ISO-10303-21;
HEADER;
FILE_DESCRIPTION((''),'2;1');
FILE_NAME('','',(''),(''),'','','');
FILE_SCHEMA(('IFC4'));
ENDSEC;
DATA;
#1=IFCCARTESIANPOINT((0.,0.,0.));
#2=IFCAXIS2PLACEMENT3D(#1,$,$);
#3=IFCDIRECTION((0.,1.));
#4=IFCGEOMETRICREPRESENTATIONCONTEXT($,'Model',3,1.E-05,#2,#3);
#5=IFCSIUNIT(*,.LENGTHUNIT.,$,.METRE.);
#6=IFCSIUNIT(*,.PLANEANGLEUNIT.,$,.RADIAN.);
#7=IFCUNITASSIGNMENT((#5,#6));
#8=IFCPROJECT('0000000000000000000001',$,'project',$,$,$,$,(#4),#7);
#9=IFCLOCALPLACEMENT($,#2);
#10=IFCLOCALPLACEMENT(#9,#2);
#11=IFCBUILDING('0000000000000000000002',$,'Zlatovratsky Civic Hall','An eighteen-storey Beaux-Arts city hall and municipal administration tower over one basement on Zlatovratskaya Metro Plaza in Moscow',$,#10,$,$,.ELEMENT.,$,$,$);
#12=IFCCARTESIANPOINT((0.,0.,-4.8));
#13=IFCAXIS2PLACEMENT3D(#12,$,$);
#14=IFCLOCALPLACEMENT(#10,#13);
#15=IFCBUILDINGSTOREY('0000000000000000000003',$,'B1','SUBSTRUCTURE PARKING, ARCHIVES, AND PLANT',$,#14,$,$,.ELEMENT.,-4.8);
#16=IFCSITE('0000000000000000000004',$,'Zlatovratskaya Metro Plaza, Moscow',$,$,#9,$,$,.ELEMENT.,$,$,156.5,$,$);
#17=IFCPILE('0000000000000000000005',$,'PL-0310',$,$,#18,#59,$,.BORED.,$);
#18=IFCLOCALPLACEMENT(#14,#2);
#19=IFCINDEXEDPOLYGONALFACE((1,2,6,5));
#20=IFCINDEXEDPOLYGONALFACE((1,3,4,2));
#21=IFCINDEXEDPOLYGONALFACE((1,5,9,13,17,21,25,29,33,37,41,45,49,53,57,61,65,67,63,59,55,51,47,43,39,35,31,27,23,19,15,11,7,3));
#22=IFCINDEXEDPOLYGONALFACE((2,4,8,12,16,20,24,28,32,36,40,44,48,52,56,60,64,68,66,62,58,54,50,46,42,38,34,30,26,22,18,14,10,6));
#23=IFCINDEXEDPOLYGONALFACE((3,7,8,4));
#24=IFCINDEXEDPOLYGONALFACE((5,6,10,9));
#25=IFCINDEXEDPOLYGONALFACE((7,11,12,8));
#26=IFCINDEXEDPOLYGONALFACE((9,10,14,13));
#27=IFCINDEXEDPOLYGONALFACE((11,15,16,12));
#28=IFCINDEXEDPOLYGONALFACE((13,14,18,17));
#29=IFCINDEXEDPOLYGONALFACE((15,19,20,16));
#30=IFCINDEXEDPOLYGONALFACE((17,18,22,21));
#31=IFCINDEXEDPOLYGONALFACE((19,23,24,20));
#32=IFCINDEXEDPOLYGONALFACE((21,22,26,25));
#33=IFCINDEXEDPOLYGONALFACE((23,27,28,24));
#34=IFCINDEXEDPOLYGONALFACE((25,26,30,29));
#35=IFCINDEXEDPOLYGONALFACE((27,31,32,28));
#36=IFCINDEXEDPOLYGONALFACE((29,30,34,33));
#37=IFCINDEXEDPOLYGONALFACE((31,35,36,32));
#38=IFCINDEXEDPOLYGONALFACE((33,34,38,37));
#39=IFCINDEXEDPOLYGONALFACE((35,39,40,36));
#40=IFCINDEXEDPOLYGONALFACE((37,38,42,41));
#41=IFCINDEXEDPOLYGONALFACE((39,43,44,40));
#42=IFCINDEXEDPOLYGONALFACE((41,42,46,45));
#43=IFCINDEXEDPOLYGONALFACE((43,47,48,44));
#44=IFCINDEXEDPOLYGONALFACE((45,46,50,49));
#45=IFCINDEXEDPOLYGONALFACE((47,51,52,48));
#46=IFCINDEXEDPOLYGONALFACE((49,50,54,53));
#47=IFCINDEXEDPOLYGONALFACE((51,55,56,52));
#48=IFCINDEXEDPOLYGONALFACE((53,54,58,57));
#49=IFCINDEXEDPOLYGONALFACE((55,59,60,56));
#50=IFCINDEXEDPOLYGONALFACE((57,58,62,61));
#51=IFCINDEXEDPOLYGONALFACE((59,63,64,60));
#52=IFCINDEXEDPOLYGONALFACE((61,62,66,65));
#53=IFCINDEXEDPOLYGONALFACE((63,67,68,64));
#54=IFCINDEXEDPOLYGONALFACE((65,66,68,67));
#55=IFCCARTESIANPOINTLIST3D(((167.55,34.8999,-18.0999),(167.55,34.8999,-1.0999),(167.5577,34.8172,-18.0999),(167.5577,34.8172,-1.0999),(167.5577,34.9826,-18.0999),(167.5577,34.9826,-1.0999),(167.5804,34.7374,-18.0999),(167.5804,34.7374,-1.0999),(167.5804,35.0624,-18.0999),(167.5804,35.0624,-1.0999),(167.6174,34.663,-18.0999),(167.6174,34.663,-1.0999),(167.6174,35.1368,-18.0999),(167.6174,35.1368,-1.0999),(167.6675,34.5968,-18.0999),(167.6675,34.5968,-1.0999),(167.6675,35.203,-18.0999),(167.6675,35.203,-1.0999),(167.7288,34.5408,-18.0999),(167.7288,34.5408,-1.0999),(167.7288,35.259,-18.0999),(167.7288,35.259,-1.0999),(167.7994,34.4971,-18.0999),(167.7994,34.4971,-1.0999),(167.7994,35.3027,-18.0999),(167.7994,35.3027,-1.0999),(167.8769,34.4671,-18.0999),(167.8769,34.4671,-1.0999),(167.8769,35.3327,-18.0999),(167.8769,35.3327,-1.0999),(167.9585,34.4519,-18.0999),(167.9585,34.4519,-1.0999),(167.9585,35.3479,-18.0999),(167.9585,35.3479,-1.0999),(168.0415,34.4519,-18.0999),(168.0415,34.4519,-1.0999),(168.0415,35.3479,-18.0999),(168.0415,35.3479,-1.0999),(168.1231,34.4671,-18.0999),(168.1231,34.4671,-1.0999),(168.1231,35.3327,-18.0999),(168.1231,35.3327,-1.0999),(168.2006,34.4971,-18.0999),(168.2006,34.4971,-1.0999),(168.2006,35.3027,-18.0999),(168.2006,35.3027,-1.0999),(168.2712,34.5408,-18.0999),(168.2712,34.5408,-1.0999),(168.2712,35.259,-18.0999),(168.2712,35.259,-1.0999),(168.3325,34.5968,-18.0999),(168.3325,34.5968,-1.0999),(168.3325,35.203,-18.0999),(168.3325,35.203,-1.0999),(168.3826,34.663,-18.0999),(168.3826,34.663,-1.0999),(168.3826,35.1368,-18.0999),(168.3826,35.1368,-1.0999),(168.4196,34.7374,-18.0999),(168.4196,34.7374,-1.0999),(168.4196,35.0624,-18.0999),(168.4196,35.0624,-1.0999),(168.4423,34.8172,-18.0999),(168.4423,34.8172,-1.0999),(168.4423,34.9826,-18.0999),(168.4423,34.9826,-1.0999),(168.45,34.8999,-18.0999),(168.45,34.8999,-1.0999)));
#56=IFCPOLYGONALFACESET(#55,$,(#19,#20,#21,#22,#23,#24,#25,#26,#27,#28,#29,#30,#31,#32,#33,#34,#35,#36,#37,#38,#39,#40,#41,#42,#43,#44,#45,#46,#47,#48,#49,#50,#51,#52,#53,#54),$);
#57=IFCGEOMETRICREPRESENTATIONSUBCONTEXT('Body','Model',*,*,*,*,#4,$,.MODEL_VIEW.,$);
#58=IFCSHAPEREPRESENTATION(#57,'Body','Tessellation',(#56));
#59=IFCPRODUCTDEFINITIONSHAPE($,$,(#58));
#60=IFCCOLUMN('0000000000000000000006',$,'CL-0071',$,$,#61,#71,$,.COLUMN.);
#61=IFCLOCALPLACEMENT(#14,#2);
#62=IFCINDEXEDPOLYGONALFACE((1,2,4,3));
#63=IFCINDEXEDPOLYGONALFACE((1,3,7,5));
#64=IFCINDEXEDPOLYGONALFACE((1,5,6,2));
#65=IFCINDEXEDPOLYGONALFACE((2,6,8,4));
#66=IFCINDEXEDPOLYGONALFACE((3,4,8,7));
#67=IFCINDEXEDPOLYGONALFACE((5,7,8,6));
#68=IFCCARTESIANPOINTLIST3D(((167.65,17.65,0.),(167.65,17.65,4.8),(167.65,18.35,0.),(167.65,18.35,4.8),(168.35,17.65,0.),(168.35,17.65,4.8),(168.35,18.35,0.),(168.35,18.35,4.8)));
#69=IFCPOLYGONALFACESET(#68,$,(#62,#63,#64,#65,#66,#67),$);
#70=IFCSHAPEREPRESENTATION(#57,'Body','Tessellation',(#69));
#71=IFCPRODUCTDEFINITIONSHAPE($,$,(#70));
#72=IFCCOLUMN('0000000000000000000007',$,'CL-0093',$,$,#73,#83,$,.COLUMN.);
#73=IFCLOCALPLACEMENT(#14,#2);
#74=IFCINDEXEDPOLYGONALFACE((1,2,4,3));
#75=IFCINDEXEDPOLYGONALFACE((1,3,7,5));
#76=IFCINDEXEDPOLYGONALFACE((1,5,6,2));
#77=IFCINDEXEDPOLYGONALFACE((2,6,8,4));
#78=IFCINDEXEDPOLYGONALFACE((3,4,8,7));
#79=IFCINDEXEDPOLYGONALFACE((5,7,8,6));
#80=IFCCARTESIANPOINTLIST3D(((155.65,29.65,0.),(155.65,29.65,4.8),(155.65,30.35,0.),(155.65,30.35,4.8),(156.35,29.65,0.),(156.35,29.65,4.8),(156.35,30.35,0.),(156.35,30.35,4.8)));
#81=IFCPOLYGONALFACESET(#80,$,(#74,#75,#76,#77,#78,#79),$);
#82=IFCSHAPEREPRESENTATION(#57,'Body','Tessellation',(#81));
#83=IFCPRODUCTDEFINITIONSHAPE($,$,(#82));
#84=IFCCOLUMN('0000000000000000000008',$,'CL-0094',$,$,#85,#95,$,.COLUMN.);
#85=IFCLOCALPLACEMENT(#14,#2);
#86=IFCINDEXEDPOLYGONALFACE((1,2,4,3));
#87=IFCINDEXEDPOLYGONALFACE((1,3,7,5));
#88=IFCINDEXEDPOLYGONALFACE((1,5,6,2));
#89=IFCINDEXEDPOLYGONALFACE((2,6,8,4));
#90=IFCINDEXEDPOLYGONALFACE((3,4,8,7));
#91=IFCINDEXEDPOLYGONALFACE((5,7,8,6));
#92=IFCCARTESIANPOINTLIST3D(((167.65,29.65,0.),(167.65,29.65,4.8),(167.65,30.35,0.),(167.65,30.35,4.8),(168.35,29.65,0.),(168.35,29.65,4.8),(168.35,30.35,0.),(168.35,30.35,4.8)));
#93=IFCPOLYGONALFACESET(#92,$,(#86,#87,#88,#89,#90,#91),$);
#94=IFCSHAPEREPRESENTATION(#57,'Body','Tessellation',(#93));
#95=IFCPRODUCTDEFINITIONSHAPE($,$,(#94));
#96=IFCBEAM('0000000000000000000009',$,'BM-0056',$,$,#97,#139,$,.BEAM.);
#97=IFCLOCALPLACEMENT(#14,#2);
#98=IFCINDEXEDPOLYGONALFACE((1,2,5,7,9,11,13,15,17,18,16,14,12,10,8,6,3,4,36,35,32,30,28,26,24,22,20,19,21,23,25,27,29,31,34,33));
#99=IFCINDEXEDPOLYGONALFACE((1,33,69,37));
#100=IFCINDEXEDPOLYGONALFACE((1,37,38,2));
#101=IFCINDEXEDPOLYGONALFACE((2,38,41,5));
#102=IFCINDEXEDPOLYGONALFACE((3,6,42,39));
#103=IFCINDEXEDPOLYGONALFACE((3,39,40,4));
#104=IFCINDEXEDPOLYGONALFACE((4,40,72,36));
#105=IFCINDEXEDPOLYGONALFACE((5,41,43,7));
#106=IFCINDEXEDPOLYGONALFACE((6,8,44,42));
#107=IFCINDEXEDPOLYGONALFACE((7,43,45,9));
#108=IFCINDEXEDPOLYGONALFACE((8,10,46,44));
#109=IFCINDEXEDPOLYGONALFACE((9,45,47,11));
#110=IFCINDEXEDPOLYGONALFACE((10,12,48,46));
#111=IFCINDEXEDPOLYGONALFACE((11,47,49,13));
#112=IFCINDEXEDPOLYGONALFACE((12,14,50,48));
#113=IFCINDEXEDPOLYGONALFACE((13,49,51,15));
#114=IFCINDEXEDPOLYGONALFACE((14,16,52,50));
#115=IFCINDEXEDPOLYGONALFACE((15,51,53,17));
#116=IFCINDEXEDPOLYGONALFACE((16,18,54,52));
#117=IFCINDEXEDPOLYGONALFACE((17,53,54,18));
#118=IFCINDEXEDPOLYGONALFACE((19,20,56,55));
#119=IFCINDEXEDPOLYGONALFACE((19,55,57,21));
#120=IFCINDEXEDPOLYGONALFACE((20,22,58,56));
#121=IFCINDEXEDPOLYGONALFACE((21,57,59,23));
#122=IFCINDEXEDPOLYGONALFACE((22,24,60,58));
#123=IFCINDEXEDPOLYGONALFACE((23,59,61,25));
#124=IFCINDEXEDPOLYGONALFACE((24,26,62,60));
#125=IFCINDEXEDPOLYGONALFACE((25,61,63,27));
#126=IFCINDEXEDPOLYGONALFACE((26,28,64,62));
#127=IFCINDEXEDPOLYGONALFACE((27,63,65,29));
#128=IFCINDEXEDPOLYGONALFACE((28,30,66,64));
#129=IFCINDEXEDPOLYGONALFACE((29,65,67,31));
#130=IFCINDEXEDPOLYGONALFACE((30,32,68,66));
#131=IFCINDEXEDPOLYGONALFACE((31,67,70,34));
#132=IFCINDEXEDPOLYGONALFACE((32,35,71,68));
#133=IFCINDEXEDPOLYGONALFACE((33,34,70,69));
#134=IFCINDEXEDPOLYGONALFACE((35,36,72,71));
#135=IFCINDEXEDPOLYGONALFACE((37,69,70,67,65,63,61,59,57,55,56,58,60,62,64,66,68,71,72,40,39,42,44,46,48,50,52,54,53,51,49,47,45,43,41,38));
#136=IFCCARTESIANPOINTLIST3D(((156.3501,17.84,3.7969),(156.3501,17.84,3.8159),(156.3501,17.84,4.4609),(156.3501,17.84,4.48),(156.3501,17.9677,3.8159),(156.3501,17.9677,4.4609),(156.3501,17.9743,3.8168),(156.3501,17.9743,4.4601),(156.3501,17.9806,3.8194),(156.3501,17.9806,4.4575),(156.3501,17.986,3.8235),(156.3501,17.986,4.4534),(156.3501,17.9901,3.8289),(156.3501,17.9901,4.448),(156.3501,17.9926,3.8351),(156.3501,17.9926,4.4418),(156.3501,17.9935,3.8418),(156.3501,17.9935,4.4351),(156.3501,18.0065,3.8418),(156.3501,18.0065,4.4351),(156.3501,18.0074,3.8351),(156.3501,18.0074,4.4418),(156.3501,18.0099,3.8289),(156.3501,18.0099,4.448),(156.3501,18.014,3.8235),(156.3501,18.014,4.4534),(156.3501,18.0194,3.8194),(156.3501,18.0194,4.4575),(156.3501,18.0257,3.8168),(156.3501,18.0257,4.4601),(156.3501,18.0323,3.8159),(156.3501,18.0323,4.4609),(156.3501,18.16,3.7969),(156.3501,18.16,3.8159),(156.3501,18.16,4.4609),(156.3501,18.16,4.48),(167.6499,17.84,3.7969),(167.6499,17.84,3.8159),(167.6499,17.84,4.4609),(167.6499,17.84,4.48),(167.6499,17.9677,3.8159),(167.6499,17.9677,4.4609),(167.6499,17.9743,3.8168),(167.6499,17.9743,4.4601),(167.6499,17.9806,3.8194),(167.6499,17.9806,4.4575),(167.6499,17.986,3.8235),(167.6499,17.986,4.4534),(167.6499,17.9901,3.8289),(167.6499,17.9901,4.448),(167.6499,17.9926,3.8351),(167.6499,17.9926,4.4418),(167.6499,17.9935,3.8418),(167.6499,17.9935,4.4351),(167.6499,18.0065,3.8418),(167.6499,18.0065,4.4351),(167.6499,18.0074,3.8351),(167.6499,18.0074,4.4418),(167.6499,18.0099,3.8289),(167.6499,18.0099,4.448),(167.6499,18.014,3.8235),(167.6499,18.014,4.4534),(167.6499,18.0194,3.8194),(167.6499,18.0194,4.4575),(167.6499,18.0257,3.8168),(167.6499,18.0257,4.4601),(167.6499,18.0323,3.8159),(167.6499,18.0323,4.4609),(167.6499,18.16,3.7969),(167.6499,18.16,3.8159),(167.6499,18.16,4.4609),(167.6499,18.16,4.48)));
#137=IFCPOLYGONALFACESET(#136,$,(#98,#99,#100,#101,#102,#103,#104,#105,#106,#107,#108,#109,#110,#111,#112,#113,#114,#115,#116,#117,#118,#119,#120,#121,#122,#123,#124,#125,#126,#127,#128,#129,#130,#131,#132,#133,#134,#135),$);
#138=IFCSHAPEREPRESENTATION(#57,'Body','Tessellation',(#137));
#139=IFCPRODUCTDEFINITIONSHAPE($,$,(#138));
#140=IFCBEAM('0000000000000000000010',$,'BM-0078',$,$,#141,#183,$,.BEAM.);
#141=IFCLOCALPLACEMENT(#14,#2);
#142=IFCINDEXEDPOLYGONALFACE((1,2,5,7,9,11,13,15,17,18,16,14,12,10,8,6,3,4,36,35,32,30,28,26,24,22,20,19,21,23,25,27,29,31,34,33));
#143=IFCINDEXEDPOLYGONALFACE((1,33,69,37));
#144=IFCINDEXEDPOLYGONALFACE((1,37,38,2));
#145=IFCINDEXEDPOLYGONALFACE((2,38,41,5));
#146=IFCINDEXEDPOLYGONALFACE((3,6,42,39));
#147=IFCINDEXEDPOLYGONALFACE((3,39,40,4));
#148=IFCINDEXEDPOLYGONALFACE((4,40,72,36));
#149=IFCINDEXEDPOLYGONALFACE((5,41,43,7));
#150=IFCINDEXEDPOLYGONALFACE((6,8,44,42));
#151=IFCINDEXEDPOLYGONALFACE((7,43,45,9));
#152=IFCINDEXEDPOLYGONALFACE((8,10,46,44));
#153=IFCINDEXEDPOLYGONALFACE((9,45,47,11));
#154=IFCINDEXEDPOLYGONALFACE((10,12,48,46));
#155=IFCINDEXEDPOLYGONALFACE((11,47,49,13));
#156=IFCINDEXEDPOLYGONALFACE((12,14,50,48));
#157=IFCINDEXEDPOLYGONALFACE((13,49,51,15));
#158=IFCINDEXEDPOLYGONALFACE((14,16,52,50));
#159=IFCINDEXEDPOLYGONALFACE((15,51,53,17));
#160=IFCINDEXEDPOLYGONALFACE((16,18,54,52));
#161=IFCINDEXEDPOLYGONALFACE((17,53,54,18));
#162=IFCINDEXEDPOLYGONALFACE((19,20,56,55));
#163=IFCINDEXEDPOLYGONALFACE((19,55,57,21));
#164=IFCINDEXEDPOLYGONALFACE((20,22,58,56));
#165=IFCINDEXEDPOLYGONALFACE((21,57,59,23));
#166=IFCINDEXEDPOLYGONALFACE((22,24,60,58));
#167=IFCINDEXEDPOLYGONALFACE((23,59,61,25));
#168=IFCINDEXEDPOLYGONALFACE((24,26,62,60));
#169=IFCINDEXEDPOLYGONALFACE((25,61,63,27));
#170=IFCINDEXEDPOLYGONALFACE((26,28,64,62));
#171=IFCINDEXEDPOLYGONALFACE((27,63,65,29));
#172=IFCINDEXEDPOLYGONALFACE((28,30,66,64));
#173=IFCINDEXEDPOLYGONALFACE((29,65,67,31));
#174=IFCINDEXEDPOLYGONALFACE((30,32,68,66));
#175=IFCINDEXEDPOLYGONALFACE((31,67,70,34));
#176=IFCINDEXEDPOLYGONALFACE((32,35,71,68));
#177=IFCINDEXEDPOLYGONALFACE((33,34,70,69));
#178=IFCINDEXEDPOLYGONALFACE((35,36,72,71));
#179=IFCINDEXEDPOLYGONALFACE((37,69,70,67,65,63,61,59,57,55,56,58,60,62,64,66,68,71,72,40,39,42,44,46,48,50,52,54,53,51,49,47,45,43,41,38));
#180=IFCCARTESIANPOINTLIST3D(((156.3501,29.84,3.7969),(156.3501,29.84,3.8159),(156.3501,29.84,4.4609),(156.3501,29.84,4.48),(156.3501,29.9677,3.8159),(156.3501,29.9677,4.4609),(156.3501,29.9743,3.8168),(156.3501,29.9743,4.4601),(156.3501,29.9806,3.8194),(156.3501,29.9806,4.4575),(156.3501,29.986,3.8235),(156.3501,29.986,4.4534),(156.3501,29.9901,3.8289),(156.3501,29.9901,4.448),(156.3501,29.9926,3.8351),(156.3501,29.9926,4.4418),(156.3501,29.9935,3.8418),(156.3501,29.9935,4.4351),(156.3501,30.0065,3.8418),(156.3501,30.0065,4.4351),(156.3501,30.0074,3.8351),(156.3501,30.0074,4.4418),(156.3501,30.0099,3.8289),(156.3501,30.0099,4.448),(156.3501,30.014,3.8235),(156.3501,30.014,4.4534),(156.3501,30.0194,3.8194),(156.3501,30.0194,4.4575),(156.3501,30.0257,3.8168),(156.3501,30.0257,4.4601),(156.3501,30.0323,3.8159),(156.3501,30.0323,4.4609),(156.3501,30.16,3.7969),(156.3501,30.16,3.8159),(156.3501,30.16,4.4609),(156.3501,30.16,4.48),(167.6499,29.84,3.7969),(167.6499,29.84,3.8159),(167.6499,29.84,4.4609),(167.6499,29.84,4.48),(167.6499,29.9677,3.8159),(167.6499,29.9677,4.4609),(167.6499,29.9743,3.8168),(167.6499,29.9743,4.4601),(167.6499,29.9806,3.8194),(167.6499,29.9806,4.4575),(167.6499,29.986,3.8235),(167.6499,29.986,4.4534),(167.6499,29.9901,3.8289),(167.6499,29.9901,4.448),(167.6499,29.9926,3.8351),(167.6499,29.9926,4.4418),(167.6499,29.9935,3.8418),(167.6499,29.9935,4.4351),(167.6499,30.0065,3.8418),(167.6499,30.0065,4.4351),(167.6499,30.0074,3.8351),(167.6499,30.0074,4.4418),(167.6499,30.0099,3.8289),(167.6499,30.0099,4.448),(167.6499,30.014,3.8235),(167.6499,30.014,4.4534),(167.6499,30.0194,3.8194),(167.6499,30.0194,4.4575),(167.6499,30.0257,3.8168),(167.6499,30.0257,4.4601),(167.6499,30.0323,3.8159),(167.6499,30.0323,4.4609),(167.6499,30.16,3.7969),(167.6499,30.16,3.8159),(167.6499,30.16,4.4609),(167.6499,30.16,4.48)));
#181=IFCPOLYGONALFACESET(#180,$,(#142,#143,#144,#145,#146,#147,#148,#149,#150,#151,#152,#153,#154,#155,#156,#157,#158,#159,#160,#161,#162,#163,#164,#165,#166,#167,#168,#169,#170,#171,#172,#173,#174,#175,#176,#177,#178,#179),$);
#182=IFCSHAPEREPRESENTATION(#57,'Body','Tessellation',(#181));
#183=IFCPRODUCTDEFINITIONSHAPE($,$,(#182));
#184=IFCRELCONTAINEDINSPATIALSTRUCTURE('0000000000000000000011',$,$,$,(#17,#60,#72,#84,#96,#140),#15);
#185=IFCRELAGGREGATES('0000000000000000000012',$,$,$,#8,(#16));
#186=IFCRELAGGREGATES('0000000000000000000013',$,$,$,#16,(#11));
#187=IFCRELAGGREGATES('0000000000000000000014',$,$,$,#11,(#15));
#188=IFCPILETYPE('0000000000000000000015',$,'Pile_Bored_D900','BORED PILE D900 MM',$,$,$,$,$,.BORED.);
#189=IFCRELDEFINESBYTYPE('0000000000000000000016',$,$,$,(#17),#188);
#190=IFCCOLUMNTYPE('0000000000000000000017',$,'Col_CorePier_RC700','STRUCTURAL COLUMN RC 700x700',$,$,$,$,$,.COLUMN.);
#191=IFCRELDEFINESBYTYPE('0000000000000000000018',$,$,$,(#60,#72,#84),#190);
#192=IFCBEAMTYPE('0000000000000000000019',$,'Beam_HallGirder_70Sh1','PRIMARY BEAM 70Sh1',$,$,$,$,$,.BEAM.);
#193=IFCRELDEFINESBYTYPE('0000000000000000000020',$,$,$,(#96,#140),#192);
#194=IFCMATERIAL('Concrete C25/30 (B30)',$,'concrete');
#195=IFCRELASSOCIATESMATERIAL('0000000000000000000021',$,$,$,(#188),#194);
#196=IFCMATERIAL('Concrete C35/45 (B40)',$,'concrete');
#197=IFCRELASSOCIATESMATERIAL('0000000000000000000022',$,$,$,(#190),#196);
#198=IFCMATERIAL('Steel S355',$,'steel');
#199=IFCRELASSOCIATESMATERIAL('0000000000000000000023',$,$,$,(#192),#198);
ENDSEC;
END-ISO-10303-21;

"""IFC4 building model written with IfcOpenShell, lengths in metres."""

from ifc_helpers import new_model, si_unit, direction, frame, origin, origin_2d, place, context, subcontext, project, spatial, rectangle, circle, i_section, extrude, material, material_profile, profile_set, type_object, element, save


model = new_model("IFC4")

# Units and contexts
model_context = context("Model", 3, precision=1e-05, world=origin(), true_north=direction((0.0, 1.0)))
body_context = subcontext(model_context, "Body", "Model", "MODEL_VIEW")
ifc_project = project(units=[si_unit("LENGTHUNIT", "METRE"), si_unit("PLANEANGLEUNIT", "RADIAN")], contexts=[model_context])

# Site, building, storey
site_placement = place(None, origin())
site = spatial("IfcSite", under=ifc_project, at=site_placement, Name="Zlatovratskaya Metro Plaza, Moscow", CompositionType="ELEMENT", RefElevation=156.5)
building_placement = place(site_placement, origin())
building = spatial("IfcBuilding", under=site, at=building_placement, Name="Zlatovratsky Civic Hall", Description="An eighteen-storey Beaux-Arts city hall and municipal administration tower over one basement on Zlatovratskaya Metro Plaza in Moscow", CompositionType="ELEMENT")
storey_placement = place(building_placement, frame((0.0, 0.0, -4.8)))
storey = spatial("IfcBuildingStorey", under=building, at=storey_placement, Name="B1", Description="SUBSTRUCTURE PARKING, ARCHIVES, AND PLANT", CompositionType="ELEMENT", Elevation=-4.8)

# Shared definitions
ifc_material_1 = material(Name="Concrete C25/30 (B30)", Category="concrete")

# Pile
ifc_material_profile_1 = material_profile(ifc_material_1, circle(Radius=0.45, at=origin_2d()), Name="PILE D900")
ifc_profile_set_1 = profile_set([ifc_material_profile_1], Name="Concrete C25/30 (B30)")
pile_type_1 = type_object("IfcPileType", Name="Pile_Bored_D900", Description="BORED PILE D900 MM", PredefinedType="BORED", material=ifc_profile_set_1)
for number, where, z_axis, x_axis, name in (
    (1, (168.0, 34.8999, -1.0999), (0.0, 0.0, -1.0), (1.0, 0.0, 0.0), "PL-0310"),
):
    element("IfcPile", number, at=place(storey_placement, frame(where, z_axis=z_axis, x_axis=x_axis)), inside=storey, type_object=pile_type_1, Name=name, PredefinedType="BORED", context=body_context, shape_type="SweptSolid", body=[
        extrude(circle(Radius=0.45, at=origin_2d()), origin(), (0.0, 0.0, 1.0), 17.0),
    ])

# Columns
ifc_material_2 = material(Name="Concrete C35/45 (B40)", Category="concrete")
ifc_material_profile_2 = material_profile(ifc_material_2, rectangle(XDim=0.7, YDim=0.7, at=origin_2d()), Name="RC 700x700")
ifc_profile_set_2 = profile_set([ifc_material_profile_2], Name="Concrete C35/45 (B40)")
column_type = type_object("IfcColumnType", Name="Col_CorePier_RC700", Description="STRUCTURAL COLUMN RC 700x700", PredefinedType="COLUMN", material=ifc_profile_set_2)
for number, where, z_axis, x_axis, name in (
    (2, (168.0, 18.0, 0.0), (0.0, 0.0, 1.0), (1.0, 0.0, 0.0), "CL-0071"),
    (3, (156.0, 30.0, 0.0), (0.0, 0.0, 1.0), (1.0, 0.0, 0.0), "CL-0093"),
    (4, (168.0, 30.0, 0.0), (0.0, 0.0, 1.0), (1.0, 0.0, 0.0), "CL-0094"),
):
    element("IfcColumn", number, at=place(storey_placement, frame(where, z_axis=z_axis, x_axis=x_axis)), inside=storey, type_object=column_type, Name=name, PredefinedType="COLUMN", context=body_context, shape_type="SweptSolid", body=[
        extrude(rectangle(XDim=0.7, YDim=0.7, at=origin_2d()), origin(), (0.0, 0.0, 1.0), 4.8),
    ])

# Beams
ifc_material_3 = material(Name="Steel S355", Category="steel")
ifc_material_profile_3 = material_profile(ifc_material_3, i_section(OverallWidth=0.3201, OverallDepth=0.6831, WebThickness=0.0129, FlangeThickness=0.019, FilletRadius=0.0259, at=origin_2d()), Name="70Sh1")
ifc_profile_set_3 = profile_set([ifc_material_profile_3], Name="Steel S355")
beam_type_1 = type_object("IfcBeamType", Name="Beam_HallGirder_70Sh1", Description="PRIMARY BEAM 70Sh1", PredefinedType="BEAM", material=ifc_profile_set_3)
for number, where, z_axis, x_axis, name in (
    (5, (156.3501, 18.0, 4.1384), (1.0, 0.0, 0.0), (0.0, 1.0, 0.0), "BM-0056"),
    (6, (156.3501, 30.0, 4.1384), (1.0, 0.0, 0.0), (0.0, 1.0, 0.0), "BM-0078"),
):
    element("IfcBeam", number, at=place(storey_placement, frame(where, z_axis=z_axis, x_axis=x_axis)), inside=storey, type_object=beam_type_1, Name=name, PredefinedType="BEAM", context=body_context, shape_type="SweptSolid", body=[
        extrude(i_section(OverallWidth=0.3201, OverallDepth=0.6831, WebThickness=0.0129, FlangeThickness=0.019, FilletRadius=0.0259, at=origin_2d()), origin(), (0.0, 0.0, 1.0), 11.2998),
    ])

save(model, "model.ifc")
